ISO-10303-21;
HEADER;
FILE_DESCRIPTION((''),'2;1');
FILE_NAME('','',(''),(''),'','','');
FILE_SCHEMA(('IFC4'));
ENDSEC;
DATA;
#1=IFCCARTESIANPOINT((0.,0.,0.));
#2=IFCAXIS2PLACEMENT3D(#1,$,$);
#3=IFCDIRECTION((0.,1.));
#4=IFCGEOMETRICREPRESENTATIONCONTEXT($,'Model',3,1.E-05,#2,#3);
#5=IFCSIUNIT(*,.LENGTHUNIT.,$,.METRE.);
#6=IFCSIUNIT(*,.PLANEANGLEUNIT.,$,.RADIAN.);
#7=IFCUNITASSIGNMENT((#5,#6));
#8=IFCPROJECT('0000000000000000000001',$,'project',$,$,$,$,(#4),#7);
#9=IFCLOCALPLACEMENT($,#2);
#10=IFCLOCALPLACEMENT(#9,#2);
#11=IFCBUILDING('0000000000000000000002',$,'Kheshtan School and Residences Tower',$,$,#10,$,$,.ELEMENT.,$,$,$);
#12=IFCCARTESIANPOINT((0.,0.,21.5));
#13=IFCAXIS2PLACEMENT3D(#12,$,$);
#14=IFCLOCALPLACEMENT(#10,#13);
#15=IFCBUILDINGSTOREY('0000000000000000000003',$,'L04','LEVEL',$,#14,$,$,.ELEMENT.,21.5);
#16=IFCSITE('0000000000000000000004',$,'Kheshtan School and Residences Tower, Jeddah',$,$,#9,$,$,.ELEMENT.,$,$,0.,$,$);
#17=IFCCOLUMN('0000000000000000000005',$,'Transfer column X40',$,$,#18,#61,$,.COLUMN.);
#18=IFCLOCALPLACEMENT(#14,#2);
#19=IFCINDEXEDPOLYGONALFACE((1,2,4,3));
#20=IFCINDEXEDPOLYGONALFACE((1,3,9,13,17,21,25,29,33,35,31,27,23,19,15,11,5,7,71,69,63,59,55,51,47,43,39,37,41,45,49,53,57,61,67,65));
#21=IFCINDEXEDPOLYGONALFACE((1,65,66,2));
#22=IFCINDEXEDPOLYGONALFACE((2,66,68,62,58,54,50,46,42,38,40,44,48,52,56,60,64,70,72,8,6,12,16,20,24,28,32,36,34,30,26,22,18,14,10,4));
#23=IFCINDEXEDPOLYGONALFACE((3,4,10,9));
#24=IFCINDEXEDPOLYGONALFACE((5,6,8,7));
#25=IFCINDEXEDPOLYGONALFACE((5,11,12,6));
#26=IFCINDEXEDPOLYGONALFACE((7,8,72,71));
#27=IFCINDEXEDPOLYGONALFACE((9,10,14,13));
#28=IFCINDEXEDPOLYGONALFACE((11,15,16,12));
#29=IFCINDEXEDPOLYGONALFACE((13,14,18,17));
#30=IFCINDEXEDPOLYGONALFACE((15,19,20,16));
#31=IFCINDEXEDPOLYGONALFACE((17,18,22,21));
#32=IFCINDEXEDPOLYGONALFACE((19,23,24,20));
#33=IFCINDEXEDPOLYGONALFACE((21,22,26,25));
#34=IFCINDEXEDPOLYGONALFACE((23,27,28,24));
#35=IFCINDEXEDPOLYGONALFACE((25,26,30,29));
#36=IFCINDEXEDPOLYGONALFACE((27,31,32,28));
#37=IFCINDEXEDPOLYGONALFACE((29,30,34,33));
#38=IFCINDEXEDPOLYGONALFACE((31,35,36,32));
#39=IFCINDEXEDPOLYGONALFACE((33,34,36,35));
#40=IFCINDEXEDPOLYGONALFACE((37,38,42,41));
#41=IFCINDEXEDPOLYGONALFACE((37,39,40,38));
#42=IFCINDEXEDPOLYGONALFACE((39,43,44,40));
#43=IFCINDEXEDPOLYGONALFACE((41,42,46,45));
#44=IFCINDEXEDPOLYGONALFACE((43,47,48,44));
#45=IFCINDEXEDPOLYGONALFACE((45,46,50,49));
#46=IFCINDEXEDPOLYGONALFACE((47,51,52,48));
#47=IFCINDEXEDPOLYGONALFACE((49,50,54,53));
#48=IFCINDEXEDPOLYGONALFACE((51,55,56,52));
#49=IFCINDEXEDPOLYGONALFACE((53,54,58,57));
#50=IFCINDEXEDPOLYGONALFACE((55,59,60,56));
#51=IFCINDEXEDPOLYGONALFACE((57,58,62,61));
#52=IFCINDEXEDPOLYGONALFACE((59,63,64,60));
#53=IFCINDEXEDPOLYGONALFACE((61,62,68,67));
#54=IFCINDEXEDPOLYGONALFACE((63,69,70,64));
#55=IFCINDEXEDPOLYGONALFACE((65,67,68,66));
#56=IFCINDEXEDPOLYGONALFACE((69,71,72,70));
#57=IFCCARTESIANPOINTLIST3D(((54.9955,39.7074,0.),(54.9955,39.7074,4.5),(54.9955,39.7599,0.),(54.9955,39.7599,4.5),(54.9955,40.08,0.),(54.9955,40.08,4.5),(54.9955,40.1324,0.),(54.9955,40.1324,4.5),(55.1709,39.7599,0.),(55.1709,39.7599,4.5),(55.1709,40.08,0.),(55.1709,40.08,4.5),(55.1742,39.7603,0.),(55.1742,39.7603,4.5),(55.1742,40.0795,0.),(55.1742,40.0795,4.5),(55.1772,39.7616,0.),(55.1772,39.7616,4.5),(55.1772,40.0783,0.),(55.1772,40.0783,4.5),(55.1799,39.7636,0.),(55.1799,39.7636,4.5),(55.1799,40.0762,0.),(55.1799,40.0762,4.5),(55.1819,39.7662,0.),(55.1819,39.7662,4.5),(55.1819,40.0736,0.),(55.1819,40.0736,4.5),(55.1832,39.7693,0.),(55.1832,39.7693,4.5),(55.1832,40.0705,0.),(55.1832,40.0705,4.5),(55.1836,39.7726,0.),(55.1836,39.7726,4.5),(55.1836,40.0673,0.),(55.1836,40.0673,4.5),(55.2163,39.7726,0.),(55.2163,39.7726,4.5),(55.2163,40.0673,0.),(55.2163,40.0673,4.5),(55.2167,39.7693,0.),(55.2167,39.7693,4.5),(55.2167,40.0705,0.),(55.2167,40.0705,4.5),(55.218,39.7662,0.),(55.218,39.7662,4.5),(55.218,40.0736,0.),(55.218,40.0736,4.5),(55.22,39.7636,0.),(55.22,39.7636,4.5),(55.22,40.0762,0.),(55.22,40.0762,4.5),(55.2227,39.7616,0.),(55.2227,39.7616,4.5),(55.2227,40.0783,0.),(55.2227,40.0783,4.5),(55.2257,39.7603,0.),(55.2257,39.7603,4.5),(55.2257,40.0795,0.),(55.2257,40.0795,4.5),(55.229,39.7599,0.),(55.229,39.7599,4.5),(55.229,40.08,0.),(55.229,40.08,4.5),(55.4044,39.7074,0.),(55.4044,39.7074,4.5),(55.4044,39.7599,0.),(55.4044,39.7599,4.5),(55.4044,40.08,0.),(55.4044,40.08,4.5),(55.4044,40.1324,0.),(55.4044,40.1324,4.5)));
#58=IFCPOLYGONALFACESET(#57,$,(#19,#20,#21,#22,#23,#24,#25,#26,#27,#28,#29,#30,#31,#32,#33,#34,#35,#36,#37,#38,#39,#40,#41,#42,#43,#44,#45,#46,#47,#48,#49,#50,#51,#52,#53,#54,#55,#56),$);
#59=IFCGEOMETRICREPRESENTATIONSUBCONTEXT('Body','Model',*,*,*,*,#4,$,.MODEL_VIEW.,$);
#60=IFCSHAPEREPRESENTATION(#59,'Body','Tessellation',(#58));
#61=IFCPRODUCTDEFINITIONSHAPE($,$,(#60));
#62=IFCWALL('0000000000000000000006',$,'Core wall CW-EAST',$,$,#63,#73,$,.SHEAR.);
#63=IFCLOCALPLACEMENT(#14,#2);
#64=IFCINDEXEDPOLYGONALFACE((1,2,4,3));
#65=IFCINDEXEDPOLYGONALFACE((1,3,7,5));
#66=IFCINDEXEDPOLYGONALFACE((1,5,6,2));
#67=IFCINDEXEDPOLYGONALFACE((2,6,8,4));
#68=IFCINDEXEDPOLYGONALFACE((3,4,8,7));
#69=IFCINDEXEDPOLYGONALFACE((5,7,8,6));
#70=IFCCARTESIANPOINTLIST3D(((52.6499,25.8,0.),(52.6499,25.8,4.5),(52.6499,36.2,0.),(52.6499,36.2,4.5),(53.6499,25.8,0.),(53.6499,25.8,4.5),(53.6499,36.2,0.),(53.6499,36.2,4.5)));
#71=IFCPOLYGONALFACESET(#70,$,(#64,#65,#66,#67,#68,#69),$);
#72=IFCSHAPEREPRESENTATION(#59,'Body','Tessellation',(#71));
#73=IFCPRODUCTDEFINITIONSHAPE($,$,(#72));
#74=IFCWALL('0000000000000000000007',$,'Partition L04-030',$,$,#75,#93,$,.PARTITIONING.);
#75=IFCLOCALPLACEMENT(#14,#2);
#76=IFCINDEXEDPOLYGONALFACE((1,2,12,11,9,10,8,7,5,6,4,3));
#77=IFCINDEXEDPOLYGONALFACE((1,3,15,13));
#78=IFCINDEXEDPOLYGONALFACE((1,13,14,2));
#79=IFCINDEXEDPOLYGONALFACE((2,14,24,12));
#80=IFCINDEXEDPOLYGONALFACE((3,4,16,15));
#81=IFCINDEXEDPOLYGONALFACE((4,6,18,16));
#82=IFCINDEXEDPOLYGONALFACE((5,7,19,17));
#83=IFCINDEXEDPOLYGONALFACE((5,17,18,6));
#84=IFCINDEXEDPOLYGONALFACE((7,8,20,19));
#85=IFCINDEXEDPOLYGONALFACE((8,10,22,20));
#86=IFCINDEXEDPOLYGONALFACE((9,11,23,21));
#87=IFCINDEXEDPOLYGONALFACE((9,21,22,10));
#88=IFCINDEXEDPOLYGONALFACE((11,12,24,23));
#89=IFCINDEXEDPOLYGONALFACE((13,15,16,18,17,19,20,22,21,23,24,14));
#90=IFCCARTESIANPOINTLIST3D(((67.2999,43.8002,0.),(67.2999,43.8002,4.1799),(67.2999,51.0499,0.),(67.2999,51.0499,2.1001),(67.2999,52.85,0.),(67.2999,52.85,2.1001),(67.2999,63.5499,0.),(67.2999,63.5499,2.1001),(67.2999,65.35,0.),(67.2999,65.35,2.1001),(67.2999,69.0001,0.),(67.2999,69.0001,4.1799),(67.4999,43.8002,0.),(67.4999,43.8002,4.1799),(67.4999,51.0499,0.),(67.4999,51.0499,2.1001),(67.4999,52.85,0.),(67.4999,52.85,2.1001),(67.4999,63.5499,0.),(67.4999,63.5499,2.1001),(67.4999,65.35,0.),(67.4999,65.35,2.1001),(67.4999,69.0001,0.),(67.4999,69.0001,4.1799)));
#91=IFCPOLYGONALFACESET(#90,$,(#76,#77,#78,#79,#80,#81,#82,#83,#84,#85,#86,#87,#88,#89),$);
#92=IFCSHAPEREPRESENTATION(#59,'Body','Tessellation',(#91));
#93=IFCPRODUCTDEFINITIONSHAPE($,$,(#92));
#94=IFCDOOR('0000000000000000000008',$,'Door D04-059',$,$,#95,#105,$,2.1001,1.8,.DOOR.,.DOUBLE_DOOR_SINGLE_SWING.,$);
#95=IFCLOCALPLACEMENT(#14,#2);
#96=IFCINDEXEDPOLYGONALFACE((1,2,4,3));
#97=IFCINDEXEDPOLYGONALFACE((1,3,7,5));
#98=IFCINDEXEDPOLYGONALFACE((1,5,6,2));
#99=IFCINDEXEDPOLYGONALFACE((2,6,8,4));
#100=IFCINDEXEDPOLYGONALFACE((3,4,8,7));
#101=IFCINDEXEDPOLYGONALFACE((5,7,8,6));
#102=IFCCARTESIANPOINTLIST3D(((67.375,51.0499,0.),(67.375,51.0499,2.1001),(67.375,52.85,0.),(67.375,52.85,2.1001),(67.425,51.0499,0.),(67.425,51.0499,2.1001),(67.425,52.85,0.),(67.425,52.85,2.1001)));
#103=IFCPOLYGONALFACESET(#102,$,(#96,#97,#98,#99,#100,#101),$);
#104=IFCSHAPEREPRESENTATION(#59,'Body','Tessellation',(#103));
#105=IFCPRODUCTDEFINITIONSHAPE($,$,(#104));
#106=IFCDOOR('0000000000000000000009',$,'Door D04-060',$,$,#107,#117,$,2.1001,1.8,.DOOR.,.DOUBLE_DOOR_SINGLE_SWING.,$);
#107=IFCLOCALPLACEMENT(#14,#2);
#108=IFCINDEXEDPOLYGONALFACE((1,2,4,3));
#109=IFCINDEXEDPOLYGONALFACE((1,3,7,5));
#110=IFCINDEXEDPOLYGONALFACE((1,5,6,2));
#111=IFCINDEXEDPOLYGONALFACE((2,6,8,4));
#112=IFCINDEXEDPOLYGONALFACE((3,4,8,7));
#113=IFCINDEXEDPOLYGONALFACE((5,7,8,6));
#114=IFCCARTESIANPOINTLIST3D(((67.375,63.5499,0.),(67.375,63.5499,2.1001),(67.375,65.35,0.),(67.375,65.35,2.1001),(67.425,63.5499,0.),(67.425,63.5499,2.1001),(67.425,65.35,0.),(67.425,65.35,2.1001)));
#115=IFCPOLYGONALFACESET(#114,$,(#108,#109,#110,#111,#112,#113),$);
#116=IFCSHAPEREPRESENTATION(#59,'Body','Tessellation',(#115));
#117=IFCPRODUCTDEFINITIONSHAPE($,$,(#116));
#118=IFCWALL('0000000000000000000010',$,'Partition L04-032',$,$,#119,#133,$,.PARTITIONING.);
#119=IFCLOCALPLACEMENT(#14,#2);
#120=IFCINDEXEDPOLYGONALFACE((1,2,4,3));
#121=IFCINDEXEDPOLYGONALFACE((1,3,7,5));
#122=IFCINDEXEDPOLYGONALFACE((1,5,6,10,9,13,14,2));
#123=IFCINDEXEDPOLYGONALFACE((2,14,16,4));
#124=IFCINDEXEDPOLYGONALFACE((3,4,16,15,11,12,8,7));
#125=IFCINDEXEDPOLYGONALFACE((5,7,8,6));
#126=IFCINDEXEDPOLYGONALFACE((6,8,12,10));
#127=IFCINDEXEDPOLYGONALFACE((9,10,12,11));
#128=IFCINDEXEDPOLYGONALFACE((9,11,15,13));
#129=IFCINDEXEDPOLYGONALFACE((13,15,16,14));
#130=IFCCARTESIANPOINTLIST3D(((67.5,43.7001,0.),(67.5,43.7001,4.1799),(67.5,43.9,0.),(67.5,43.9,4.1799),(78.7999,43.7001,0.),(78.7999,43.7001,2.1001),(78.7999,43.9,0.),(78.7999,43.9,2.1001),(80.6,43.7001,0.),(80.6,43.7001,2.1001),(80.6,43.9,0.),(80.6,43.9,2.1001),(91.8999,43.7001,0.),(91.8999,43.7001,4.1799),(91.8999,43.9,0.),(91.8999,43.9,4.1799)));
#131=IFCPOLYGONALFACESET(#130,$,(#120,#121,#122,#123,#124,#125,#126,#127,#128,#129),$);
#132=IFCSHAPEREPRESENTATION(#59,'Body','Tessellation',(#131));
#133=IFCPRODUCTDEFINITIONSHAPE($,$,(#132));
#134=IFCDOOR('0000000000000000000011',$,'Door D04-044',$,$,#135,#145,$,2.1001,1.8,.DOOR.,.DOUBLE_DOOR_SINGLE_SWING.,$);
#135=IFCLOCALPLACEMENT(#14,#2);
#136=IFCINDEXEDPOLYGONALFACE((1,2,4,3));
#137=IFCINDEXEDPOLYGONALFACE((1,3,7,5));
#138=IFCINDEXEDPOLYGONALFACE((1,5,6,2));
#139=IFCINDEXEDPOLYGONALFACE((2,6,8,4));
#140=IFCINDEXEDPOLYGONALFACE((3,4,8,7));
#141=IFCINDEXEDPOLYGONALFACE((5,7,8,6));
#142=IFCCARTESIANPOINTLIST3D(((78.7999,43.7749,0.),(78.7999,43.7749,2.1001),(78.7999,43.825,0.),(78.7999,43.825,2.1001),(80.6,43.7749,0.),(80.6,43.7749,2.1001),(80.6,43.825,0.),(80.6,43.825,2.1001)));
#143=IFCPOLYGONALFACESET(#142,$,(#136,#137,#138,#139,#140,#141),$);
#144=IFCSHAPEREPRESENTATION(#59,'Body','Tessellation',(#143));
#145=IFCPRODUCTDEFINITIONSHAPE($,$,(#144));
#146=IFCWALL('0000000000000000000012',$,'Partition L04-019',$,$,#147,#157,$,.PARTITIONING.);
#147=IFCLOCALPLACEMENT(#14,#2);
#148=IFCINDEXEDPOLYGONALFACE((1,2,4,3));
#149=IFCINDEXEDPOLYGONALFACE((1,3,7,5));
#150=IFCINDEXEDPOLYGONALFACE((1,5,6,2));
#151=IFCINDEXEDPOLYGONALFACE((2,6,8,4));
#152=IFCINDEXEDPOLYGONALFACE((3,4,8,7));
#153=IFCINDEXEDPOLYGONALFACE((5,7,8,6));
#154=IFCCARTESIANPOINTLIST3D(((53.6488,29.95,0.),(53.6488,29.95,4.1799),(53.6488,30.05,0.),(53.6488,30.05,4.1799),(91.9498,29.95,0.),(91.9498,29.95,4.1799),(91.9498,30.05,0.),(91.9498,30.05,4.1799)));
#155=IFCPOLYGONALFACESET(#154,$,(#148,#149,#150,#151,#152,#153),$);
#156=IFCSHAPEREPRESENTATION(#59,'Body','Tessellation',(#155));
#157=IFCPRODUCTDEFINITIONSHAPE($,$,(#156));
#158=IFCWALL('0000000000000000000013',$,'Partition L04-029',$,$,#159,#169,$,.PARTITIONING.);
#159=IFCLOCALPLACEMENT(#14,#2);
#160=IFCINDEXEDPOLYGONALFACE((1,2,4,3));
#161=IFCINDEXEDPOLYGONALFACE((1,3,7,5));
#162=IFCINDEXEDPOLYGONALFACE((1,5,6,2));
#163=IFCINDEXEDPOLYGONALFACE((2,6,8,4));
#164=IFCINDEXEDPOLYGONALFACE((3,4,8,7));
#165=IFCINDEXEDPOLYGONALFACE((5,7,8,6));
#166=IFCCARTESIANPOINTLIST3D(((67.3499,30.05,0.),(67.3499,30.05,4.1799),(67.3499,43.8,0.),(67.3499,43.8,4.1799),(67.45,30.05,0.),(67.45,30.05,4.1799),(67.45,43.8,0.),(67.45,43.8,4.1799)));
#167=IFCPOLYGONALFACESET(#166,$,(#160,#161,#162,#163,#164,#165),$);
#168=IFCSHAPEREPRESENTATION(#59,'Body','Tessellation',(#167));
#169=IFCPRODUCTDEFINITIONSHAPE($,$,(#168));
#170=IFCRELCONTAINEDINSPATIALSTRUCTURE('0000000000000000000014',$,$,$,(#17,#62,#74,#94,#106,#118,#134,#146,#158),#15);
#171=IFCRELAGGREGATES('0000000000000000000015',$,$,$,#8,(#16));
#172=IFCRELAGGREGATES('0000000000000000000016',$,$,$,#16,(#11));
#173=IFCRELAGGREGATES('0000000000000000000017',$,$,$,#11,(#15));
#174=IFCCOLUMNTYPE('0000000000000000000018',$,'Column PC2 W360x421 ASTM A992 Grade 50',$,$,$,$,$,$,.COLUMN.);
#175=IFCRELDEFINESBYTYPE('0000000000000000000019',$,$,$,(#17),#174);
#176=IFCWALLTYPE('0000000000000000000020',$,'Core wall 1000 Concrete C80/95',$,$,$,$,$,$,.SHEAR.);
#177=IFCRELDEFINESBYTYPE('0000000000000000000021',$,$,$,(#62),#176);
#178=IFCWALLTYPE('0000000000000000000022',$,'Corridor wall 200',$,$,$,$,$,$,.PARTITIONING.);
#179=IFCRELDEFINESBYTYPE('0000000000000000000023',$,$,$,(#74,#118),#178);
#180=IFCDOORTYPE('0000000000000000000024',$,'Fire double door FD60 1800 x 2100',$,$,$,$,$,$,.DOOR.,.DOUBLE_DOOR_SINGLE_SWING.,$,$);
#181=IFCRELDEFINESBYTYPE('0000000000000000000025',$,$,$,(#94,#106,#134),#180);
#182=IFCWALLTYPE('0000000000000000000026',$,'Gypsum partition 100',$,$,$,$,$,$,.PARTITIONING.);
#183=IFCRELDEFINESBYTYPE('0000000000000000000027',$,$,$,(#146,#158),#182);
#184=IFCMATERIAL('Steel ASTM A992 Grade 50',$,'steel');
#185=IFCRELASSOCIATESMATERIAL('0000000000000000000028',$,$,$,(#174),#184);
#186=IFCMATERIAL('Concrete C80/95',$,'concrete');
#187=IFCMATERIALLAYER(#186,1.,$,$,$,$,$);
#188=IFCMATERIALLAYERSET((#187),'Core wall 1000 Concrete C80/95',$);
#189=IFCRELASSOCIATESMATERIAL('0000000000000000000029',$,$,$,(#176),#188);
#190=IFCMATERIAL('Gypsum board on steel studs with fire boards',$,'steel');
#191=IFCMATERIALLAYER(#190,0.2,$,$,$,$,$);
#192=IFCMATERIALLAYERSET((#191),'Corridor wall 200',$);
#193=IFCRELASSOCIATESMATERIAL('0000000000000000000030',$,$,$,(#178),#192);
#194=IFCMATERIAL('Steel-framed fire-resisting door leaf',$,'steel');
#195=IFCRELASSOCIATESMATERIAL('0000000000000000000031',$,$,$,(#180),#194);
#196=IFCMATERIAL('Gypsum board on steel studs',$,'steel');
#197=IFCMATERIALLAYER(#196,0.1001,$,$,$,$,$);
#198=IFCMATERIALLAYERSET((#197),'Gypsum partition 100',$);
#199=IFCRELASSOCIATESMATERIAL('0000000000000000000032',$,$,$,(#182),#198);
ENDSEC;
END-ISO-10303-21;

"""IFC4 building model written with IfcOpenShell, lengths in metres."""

from ifc_helpers import new_model, si_unit, direction, frame, frame_2d, origin, origin_2d, place, context, subcontext, project, spatial, rectangle, i_section, extrude, source, transform, mapped, material, layer, layer_set, material_profile, profile_set, type_object, element, fill, save


model = new_model("IFC4")

# Units and contexts
model_context = context("Model", 3, precision=1e-05, world=origin(), true_north=direction((0.0, 1.0)))
body_context = subcontext(model_context, "Body", "Model", "MODEL_VIEW")
ifc_project = project(units=[si_unit("LENGTHUNIT", "METRE"), si_unit("PLANEANGLEUNIT", "RADIAN")], contexts=[model_context])

# Site, building, storey
site_placement = place(None, origin())
site = spatial("IfcSite", under=ifc_project, at=site_placement, Name="Kheshtan School and Residences Tower, Jeddah", CompositionType="ELEMENT", RefElevation=0.0)
building_placement = place(site_placement, origin())
building = spatial("IfcBuilding", under=site, at=building_placement, Name="Kheshtan School and Residences Tower", CompositionType="ELEMENT")
storey_placement = place(building_placement, frame((0.0, 0.0, 21.5)))
storey = spatial("IfcBuildingStorey", under=building, at=storey_placement, Name="L04", Description="LEVEL", CompositionType="ELEMENT", Elevation=21.5)

# Column
ifc_material_1 = material(Name="Steel ASTM A992 Grade 50", Category="steel")
ifc_material_profile = material_profile(ifc_material_1, i_section(OverallWidth=0.4089, OverallDepth=0.425, WebThickness=0.0327, FlangeThickness=0.0525, FilletRadius=0.0127, at=origin_2d()), Name="W360x421")
ifc_profile_set = profile_set([ifc_material_profile], Name="Steel ASTM A992 Grade 50")
column_type = type_object("IfcColumnType", Name="Column PC2 W360x421 ASTM A992 Grade 50", PredefinedType="COLUMN", material=ifc_profile_set)
for number, where, z_axis, x_axis, name in (
    (1, (55.2, 39.9199, 0.0), (0.0, 0.0, 1.0), (1.0, 0.0, 0.0), "Transfer column X40"),
):
    element("IfcColumn", number, at=place(storey_placement, frame(where, z_axis=z_axis, x_axis=x_axis)), inside=storey, type_object=column_type, Name=name, PredefinedType="COLUMN", context=body_context, shape_type="SweptSolid", body=[
        extrude(i_section(OverallWidth=0.4089, OverallDepth=0.425, WebThickness=0.0327, FlangeThickness=0.0525, FilletRadius=0.0127, at=origin_2d()), origin(), (0.0, 0.0, 1.0), 4.5),
    ])

# Wall
ifc_material_2 = material(Name="Concrete C80/95", Category="concrete")
ifc_layer_1 = layer(ifc_material_2, 1.0)
ifc_layer_set_1 = layer_set([ifc_layer_1], Name="Core wall 1000 Concrete C80/95")
wall_type_1 = type_object("IfcWallType", Name="Core wall 1000 Concrete C80/95", PredefinedType="SHEAR", material=ifc_layer_set_1)
wall_1_placement = place(storey_placement, frame((53.1499, 25.8, 0.0), z_axis=(0.0, 0.0, 1.0), x_axis=(0.0, 1.0, 0.0)))
element("IfcWall", 2, at=wall_1_placement, inside=storey, type_object=wall_type_1, Name="Core wall CW-EAST", PredefinedType="SHEAR", context=body_context, shape_type="SweptSolid", body=[
    extrude(rectangle(XDim=10.3999, YDim=1.0, at=frame_2d((5.2, 0.0))), origin(), (0.0, 0.0, 1.0), 4.5),
])

# Wall, openings, doors
ifc_material_3 = material(Name="Gypsum board on steel studs with fire boards", Category="steel")
ifc_layer_2 = layer(ifc_material_3, 0.2)
ifc_layer_set_2 = layer_set([ifc_layer_2], Name="Corridor wall 200")
wall_type_2 = type_object("IfcWallType", Name="Corridor wall 200", PredefinedType="PARTITIONING", material=ifc_layer_set_2)
wall_2_placement = place(storey_placement, frame((67.3999, 43.8, 0.0), z_axis=(0.0, 0.0, 1.0), x_axis=(0.0, 1.0, 0.0)))
wall_2 = element("IfcWall", 3, at=wall_2_placement, inside=storey, type_object=wall_type_2, Name="Partition L04-030", PredefinedType="PARTITIONING", context=body_context, shape_type="SweptSolid", body=[
    extrude(rectangle(XDim=25.2, YDim=0.2, at=frame_2d((12.6001, 0.0))), origin(), (0.0, 0.0, 1.0), 4.1799),
])
opening_1_placement = place(wall_2_placement, frame((7.25, 0.0, 0.0)))
opening_1 = element("IfcOpeningElement", 4, at=opening_1_placement, cuts=wall_2, PredefinedType="OPENING", context=body_context, shape_type="SweptSolid", body=[
    extrude(rectangle(XDim=1.8, YDim=2.1001, at=frame_2d((0.8999, 1.05))), frame((0.0, 0.1099, 0.0), z_axis=(0.0, -1.0, 0.0), x_axis=(1.0, 0.0, 0.0)), (0.0, 0.0, 1.0), 0.22),
])
opening_2_placement = place(wall_2_placement, frame((19.75, 0.0, 0.0)))
opening_2 = element("IfcOpeningElement", 5, at=opening_2_placement, cuts=wall_2, PredefinedType="OPENING", context=body_context, shape_type="SweptSolid", body=[
    extrude(rectangle(XDim=1.8, YDim=2.1001, at=frame_2d((0.8999, 1.05))), frame((0.0, 0.1099, 0.0), z_axis=(0.0, -1.0, 0.0), x_axis=(1.0, 0.0, 0.0)), (0.0, 0.0, 1.0), 0.22),
])
ifc_material_4 = material(Name="Steel-framed fire-resisting door leaf", Category="steel")
door_type = type_object("IfcDoorType", Name="Fire double door FD60 1800 x 2100", OperationType="DOUBLE_DOOR_SINGLE_SWING", PredefinedType="DOOR", material=ifc_material_4)
shared_shape = source(origin(), body_context, "Body", "SweptSolid", [
    extrude(rectangle(XDim=1.8, YDim=2.1001, at=frame_2d((0.8999, 1.05))), frame((0.0, 0.0249, 0.0), z_axis=(0.0, -1.0, 0.0), x_axis=(1.0, 0.0, 0.0)), (0.0, 0.0, 1.0), 0.05),
])
door_1_placement = place(opening_1_placement, origin())
door_1 = element("IfcDoor", 6, at=door_1_placement, inside=storey, type_object=door_type, Name="Door D04-059", OperationType="DOUBLE_DOOR_SINGLE_SWING", OverallHeight=2.1001, OverallWidth=1.8, PredefinedType="DOOR", context=body_context, shape_type="MappedRepresentation", body=[
    mapped(shared_shape, transform((0.0, 0.0, 0.0), x_axis=(1.0, 0.0, 0.0), y_axis=(0.0, 1.0, 0.0), z_axis=(0.0, 0.0, 1.0), scale=1.0)),
])
fill(opening_1, door_1)
door_2_placement = place(opening_2_placement, origin())
door_2 = element("IfcDoor", 7, at=door_2_placement, inside=storey, type_object=door_type, Name="Door D04-060", OperationType="DOUBLE_DOOR_SINGLE_SWING", OverallHeight=2.1001, OverallWidth=1.8, PredefinedType="DOOR", context=body_context, shape_type="MappedRepresentation", body=[
    mapped(shared_shape, transform((0.0, 0.0, 0.0), x_axis=(1.0, 0.0, 0.0), y_axis=(0.0, 1.0, 0.0), z_axis=(0.0, 0.0, 1.0), scale=1.0)),
])
fill(opening_2, door_2)

# Wall, opening, door
wall_3_placement = place(storey_placement, frame((67.5, 43.8, 0.0), z_axis=(0.0, 0.0, 1.0), x_axis=(1.0, 0.0, 0.0)))
wall_3 = element("IfcWall", 8, at=wall_3_placement, inside=storey, type_object=wall_type_2, Name="Partition L04-032", PredefinedType="PARTITIONING", context=body_context, shape_type="SweptSolid", body=[
    extrude(rectangle(XDim=24.3999, YDim=0.2, at=frame_2d((12.2, 0.0))), origin(), (0.0, 0.0, 1.0), 4.1799),
])
opening_3_placement = place(wall_3_placement, frame((11.3, 0.0, 0.0)))
opening_3 = element("IfcOpeningElement", 9, at=opening_3_placement, cuts=wall_3, PredefinedType="OPENING", context=body_context, shape_type="SweptSolid", body=[
    extrude(rectangle(XDim=1.8, YDim=2.1001, at=frame_2d((0.8999, 1.05))), frame((0.0, 0.1099, 0.0), z_axis=(0.0, -1.0, 0.0), x_axis=(1.0, 0.0, 0.0)), (0.0, 0.0, 1.0), 0.22),
])
door_3_placement = place(opening_3_placement, origin())
door_3 = element("IfcDoor", 10, at=door_3_placement, inside=storey, type_object=door_type, Name="Door D04-044", OperationType="DOUBLE_DOOR_SINGLE_SWING", OverallHeight=2.1001, OverallWidth=1.8, PredefinedType="DOOR", context=body_context, shape_type="MappedRepresentation", body=[
    mapped(shared_shape, transform((0.0, 0.0, 0.0), x_axis=(1.0, 0.0, 0.0), y_axis=(0.0, 1.0, 0.0), z_axis=(0.0, 0.0, 1.0), scale=1.0)),
])
fill(opening_3, door_3)

# Walls
ifc_material_5 = material(Name="Gypsum board on steel studs", Category="steel")
ifc_layer_3 = layer(ifc_material_5, 0.1001)
ifc_layer_set_3 = layer_set([ifc_layer_3], Name="Gypsum partition 100")
wall_type_3 = type_object("IfcWallType", Name="Gypsum partition 100", PredefinedType="PARTITIONING", material=ifc_layer_set_3)
wall_4_placement = place(storey_placement, frame((53.6489, 30.0, 0.0), z_axis=(0.0, 0.0, 1.0), x_axis=(1.0, 0.0, 0.0)))
element("IfcWall", 11, at=wall_4_placement, inside=storey, type_object=wall_type_3, Name="Partition L04-019", PredefinedType="PARTITIONING", context=body_context, shape_type="SweptSolid", body=[
    extrude(rectangle(XDim=38.301, YDim=0.1001, at=frame_2d((19.1504, 0.0))), origin(), (0.0, 0.0, 1.0), 4.1799),
])
wall_5_placement = place(storey_placement, frame((67.3999, 30.05, 0.0), z_axis=(0.0, 0.0, 1.0), x_axis=(0.0, 1.0, 0.0)))
element("IfcWall", 12, at=wall_5_placement, inside=storey, type_object=wall_type_3, Name="Partition L04-029", PredefinedType="PARTITIONING", context=body_context, shape_type="SweptSolid", body=[
    extrude(rectangle(XDim=13.75, YDim=0.1001, at=frame_2d((6.875, 0.0))), origin(), (0.0, 0.0, 1.0), 4.1799),
])

save(model, "model.ifc")
